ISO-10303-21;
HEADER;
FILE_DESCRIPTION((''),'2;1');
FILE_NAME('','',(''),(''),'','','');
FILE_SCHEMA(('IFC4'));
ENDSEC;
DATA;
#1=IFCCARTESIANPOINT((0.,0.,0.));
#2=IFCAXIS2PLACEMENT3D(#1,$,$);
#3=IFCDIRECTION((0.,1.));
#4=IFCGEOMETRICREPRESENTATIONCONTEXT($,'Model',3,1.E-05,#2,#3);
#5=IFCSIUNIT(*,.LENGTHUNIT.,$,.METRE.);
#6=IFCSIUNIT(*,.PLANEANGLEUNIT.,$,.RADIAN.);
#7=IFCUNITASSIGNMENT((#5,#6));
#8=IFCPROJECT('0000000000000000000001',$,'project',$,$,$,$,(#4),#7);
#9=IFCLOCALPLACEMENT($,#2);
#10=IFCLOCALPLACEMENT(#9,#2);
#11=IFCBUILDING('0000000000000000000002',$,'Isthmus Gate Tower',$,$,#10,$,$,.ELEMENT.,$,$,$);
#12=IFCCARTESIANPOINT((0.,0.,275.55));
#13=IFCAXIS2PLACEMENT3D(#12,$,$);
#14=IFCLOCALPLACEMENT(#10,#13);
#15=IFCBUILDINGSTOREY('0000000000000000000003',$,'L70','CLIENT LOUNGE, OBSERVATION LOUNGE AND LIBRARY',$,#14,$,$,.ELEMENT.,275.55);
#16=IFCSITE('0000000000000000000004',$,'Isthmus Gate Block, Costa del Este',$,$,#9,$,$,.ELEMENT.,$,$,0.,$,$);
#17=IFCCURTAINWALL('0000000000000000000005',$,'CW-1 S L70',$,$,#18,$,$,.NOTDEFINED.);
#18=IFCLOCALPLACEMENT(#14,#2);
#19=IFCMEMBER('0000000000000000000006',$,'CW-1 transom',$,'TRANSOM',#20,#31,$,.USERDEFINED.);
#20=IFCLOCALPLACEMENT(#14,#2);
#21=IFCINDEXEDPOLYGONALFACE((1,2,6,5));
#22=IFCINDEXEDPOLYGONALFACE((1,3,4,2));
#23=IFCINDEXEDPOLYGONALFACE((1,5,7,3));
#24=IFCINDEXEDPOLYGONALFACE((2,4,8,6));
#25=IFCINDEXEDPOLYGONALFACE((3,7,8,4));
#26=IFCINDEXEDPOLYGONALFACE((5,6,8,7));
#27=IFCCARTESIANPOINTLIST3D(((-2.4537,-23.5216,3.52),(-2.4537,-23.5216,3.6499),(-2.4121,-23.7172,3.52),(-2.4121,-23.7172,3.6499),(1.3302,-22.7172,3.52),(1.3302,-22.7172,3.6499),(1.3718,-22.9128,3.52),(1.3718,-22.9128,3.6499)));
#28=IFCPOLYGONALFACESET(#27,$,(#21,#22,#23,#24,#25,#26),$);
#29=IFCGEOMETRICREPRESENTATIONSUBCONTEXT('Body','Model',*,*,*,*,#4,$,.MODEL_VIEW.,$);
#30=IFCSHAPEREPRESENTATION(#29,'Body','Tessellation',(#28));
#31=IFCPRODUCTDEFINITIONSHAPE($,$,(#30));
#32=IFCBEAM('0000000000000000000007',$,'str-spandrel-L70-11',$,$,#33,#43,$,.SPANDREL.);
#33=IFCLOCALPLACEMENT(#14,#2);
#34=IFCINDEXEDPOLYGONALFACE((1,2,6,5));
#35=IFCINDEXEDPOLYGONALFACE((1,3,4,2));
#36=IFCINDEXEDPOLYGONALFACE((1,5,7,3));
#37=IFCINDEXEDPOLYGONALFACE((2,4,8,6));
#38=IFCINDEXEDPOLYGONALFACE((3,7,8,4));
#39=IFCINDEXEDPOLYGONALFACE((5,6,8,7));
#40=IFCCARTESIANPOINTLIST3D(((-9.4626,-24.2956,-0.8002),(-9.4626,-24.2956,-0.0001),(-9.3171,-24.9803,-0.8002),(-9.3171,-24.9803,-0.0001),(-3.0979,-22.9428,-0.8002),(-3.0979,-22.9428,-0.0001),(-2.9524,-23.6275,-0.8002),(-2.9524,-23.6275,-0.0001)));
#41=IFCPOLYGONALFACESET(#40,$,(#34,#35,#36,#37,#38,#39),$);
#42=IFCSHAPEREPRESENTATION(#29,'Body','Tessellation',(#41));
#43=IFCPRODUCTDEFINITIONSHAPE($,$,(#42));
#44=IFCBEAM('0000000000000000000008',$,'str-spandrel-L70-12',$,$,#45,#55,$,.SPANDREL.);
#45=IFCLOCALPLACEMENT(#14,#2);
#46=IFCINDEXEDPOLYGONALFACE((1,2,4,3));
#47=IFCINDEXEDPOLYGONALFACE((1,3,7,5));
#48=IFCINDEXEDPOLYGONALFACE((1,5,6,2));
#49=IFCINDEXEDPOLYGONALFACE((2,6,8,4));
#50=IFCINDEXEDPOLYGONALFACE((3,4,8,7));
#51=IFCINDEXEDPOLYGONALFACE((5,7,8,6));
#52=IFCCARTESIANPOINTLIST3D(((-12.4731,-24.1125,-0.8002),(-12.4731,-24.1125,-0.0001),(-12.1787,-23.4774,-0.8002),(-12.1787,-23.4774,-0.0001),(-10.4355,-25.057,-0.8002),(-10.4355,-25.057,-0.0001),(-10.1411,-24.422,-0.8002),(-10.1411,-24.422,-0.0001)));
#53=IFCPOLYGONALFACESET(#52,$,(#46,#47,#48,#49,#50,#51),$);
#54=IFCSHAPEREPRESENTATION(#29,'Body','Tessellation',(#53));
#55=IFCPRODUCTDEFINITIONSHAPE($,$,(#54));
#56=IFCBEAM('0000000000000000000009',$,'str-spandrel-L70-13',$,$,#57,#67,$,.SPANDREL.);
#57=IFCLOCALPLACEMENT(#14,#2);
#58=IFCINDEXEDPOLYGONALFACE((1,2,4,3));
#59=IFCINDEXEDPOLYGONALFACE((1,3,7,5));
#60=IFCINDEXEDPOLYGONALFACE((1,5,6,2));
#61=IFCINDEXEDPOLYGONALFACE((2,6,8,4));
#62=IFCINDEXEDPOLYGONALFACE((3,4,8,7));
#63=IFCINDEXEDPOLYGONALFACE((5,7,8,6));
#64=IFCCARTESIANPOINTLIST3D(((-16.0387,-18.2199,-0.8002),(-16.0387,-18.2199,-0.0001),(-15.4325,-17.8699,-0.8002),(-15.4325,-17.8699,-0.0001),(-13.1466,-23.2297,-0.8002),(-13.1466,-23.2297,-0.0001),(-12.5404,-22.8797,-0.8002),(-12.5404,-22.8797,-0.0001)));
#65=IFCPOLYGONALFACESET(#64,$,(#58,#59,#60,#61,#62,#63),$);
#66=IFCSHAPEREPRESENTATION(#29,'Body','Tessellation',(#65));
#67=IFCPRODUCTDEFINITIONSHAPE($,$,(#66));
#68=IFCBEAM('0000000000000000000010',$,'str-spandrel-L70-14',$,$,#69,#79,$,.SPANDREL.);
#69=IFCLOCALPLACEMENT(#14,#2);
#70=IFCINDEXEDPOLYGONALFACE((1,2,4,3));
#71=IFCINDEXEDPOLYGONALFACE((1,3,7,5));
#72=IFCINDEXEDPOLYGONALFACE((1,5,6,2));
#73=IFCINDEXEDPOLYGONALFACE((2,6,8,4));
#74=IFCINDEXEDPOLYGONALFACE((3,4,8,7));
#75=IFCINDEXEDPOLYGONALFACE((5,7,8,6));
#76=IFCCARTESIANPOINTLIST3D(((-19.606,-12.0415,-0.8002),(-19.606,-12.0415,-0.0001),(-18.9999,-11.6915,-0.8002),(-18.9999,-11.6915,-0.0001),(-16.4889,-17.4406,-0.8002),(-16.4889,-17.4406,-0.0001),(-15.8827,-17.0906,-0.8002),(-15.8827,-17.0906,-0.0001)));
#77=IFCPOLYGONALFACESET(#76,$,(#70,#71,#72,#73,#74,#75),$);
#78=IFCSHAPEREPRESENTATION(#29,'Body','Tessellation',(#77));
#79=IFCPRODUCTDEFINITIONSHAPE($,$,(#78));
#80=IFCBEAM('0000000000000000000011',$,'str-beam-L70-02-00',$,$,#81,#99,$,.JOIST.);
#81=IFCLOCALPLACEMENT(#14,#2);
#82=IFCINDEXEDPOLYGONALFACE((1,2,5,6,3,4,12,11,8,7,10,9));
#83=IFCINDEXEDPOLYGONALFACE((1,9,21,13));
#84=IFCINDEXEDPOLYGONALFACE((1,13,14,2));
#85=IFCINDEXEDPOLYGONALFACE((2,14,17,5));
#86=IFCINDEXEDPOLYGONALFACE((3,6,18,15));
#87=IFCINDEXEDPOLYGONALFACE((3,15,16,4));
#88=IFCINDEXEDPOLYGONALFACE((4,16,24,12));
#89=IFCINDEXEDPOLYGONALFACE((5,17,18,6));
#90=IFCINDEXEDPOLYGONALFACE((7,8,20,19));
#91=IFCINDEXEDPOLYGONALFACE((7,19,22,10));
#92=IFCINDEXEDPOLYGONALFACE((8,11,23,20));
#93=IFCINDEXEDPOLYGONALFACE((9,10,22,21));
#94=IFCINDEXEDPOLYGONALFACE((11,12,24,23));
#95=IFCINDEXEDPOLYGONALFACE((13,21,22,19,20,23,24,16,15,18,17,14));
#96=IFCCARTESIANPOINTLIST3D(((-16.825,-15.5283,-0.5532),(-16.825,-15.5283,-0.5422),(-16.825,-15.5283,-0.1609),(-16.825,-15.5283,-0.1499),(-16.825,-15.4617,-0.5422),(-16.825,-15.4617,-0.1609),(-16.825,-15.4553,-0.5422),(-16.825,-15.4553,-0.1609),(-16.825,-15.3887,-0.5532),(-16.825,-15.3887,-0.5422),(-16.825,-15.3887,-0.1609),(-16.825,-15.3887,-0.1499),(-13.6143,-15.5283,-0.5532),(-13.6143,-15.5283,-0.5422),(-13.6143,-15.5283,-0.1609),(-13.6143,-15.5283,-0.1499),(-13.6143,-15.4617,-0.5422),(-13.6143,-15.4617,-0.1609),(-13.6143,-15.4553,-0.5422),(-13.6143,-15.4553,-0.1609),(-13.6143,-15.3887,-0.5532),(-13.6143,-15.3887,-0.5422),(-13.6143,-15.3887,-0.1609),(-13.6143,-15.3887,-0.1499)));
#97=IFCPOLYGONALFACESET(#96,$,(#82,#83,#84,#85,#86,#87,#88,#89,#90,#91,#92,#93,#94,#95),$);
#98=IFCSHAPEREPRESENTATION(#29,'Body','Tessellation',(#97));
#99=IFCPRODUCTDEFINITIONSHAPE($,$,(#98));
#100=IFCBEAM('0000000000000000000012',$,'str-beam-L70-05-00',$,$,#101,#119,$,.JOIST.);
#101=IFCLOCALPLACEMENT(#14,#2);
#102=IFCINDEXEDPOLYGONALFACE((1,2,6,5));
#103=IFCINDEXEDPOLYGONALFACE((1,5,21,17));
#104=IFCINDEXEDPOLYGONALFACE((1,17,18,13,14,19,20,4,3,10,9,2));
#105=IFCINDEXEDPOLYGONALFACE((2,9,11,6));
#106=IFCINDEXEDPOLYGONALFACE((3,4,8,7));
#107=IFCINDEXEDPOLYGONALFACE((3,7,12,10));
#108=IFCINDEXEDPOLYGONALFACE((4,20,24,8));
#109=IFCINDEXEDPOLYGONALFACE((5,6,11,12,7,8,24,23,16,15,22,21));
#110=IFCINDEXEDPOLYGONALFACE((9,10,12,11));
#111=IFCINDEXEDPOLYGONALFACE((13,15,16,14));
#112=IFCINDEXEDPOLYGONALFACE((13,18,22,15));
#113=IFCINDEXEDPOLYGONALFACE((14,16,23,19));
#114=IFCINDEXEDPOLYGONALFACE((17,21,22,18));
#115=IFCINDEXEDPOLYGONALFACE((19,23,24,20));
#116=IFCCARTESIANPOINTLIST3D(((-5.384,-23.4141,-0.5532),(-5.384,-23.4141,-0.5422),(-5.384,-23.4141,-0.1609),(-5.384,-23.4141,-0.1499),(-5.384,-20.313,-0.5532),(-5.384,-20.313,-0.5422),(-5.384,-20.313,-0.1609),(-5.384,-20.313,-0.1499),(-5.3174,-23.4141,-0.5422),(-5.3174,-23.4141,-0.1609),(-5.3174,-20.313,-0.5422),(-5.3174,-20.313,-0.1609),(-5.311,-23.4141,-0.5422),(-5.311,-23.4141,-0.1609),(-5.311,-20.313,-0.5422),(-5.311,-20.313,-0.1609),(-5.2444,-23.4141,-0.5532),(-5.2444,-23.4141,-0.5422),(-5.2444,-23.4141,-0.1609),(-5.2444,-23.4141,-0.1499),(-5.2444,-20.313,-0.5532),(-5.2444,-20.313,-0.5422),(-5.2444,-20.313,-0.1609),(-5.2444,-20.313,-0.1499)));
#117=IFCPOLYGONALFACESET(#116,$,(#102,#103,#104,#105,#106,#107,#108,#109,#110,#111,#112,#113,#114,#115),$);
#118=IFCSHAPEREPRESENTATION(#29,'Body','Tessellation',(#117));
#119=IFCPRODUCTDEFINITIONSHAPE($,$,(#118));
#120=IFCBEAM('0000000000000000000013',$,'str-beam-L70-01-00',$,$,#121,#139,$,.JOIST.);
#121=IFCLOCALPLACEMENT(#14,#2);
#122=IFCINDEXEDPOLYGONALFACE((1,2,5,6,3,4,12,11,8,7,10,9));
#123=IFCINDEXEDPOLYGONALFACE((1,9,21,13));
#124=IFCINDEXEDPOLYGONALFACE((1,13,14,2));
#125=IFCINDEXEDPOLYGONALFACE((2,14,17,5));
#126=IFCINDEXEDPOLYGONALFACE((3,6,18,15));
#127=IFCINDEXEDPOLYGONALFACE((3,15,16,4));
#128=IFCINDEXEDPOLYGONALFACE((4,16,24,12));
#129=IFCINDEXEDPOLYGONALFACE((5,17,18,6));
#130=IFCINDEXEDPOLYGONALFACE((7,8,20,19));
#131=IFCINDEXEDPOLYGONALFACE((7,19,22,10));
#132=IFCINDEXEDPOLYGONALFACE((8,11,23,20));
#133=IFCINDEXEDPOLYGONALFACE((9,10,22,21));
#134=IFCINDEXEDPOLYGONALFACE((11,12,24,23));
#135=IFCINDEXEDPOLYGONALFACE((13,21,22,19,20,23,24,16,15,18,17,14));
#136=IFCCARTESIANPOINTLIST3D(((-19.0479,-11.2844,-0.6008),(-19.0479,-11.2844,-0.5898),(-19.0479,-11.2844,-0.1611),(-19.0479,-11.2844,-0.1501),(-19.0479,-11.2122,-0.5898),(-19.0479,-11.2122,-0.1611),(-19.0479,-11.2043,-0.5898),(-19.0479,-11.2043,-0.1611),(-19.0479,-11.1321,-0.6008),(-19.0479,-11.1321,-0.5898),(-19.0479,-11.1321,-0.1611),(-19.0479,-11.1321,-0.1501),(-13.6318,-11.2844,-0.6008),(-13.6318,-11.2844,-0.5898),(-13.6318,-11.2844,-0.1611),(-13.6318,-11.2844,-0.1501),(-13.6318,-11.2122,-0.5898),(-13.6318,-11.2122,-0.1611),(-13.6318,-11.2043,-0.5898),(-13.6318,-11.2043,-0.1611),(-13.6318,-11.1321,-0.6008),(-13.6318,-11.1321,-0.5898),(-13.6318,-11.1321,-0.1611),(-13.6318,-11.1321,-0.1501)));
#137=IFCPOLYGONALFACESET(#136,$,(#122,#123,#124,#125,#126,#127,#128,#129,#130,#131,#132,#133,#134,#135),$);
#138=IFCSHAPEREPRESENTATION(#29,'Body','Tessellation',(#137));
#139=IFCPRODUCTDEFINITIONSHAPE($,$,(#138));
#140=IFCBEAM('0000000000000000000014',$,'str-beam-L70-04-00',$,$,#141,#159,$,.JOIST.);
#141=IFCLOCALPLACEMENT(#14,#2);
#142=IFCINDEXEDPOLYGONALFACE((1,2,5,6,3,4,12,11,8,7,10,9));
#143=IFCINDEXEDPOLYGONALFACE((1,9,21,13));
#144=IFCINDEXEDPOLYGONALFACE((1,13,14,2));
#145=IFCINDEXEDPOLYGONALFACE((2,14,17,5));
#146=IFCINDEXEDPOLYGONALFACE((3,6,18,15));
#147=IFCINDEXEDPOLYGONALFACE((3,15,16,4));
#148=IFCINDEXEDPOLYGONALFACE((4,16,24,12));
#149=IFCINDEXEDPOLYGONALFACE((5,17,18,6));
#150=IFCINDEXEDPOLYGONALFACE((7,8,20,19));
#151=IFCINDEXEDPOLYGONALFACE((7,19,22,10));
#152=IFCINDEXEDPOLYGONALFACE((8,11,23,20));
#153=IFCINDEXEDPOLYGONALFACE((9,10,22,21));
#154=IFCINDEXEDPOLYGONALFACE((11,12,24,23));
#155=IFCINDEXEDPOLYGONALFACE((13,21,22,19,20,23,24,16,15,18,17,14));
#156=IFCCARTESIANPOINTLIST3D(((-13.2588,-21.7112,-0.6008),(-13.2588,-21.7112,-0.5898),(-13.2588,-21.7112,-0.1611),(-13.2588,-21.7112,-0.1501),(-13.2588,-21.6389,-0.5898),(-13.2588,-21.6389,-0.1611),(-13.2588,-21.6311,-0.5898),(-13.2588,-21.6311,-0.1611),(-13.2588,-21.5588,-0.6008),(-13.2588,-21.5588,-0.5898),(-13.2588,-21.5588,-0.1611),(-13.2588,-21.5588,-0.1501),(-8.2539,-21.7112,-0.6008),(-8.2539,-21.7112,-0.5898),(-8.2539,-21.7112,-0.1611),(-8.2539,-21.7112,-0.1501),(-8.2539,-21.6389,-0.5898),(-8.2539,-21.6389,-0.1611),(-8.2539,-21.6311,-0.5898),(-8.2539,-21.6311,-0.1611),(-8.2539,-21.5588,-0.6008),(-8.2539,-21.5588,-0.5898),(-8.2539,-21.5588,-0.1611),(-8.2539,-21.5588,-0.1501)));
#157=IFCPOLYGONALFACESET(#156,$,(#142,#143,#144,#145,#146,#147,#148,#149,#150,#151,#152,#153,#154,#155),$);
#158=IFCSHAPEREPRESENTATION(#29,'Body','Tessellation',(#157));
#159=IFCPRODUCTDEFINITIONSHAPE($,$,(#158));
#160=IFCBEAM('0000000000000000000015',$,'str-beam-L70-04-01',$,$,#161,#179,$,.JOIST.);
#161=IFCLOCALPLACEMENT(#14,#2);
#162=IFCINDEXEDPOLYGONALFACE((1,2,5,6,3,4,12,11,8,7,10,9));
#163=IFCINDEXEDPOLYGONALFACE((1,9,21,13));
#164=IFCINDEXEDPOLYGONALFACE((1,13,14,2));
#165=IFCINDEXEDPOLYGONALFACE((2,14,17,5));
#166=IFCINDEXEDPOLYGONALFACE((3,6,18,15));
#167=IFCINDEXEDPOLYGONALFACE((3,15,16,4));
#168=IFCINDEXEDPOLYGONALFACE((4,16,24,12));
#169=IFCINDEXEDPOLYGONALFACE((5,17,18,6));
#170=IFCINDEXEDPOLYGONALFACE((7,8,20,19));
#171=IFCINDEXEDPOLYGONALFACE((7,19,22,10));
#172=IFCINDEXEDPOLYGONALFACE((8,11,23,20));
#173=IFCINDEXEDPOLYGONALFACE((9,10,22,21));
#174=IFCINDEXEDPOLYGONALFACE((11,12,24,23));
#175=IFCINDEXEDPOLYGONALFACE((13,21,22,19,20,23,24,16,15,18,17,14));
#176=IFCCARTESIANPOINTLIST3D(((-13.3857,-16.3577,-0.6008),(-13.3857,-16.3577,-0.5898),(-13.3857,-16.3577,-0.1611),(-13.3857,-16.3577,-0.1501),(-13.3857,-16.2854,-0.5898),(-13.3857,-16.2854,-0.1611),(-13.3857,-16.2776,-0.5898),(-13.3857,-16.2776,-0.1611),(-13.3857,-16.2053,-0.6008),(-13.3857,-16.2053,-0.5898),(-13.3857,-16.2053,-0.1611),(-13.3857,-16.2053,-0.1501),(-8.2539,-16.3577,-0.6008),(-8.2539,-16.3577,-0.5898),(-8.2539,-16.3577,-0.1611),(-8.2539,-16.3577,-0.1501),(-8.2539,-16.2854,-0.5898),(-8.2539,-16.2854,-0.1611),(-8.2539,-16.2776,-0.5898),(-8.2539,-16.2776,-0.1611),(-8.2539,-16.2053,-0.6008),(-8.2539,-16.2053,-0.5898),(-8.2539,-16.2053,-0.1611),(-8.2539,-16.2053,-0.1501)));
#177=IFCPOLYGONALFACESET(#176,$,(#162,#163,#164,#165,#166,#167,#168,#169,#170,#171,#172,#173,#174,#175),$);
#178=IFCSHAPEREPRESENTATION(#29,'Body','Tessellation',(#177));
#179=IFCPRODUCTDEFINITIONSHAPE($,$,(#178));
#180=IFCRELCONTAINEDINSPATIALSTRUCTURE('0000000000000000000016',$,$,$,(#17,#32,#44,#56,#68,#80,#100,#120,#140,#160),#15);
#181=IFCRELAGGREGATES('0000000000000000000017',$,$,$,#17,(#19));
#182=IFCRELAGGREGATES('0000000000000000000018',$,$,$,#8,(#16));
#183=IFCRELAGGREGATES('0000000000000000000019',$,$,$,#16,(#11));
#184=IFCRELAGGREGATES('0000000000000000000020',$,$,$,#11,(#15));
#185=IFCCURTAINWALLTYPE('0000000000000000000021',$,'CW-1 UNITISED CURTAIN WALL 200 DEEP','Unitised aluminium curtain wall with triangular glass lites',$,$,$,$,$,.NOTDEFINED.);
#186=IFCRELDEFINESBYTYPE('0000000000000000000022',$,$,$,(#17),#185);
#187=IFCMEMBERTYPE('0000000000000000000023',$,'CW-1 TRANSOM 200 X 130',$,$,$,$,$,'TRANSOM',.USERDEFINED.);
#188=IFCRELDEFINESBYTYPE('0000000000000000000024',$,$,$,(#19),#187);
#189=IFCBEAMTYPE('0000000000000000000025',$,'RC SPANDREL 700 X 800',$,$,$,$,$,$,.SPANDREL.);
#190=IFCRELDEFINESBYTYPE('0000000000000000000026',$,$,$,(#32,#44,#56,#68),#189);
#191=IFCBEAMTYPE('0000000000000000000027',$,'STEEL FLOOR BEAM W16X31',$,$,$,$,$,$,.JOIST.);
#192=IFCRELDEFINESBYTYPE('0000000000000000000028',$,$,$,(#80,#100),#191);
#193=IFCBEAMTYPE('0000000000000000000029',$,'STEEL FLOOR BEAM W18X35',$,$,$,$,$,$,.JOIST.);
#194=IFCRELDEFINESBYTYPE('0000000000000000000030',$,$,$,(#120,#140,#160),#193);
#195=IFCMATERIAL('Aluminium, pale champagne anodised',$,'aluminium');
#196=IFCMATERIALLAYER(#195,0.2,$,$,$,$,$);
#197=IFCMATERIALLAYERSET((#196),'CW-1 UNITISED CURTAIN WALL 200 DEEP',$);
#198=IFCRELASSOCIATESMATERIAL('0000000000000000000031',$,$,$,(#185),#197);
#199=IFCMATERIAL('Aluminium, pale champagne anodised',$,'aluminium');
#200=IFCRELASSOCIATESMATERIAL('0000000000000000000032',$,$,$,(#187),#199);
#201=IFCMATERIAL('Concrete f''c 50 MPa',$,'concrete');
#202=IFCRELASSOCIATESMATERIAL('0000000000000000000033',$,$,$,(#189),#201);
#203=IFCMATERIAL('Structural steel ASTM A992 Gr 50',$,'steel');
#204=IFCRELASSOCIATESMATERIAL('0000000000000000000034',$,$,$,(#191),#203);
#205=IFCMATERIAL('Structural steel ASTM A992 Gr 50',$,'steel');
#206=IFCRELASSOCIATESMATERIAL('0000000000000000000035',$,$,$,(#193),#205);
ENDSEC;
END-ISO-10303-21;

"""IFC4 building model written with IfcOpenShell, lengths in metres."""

from ifc_helpers import new_model, si_unit, direction, frame, origin, origin_2d, place, context, subcontext, project, spatial, rectangle, i_section, extrude, material, layer, layer_set, material_profile, profile_set, type_object, element, aggregate, save


model = new_model("IFC4")

# Units and contexts
model_context = context("Model", 3, precision=1e-05, world=origin(), true_north=direction((0.0, 1.0)))
body_context = subcontext(model_context, "Body", "Model", "MODEL_VIEW")
ifc_project = project(units=[si_unit("LENGTHUNIT", "METRE"), si_unit("PLANEANGLEUNIT", "RADIAN")], contexts=[model_context])

# Site, building, storey
site_placement = place(None, origin())
site = spatial("IfcSite", under=ifc_project, at=site_placement, Name="Isthmus Gate Block, Costa del Este", CompositionType="ELEMENT", RefElevation=0.0)
building_placement = place(site_placement, origin())
building = spatial("IfcBuilding", under=site, at=building_placement, Name="Isthmus Gate Tower", CompositionType="ELEMENT")
storey_placement = place(building_placement, frame((0.0, 0.0, 275.55)))
storey = spatial("IfcBuildingStorey", under=building, at=storey_placement, Name="L70", Description="CLIENT LOUNGE, OBSERVATION LOUNGE AND LIBRARY", CompositionType="ELEMENT", Elevation=275.55)

# Shared definitions
ifc_material_1 = material(Name="Aluminium, pale champagne anodised", Category="aluminium")
ifc_layer_1 = layer(ifc_material_1, 0.2)
ifc_layer_set_1 = layer_set([ifc_layer_1], Name="CW-1 UNITISED CURTAIN WALL 200 DEEP")
curtain_wall_type = type_object("IfcCurtainWallType", Name="CW-1 UNITISED CURTAIN WALL 200 DEEP", Description="Unitised aluminium curtain wall with triangular glass lites", PredefinedType="NOTDEFINED", material=ifc_layer_set_1)

# Curtain wall
curtain_wall_1_placement = place(storey_placement, origin())
curtain_wall_1 = element("IfcCurtainWall", 1, at=curtain_wall_1_placement, inside=storey, type_object=curtain_wall_type, Name="CW-1 S L70", PredefinedType="NOTDEFINED")

# Member
ifc_material_2 = material(Name="Aluminium, pale champagne anodised", Category="aluminium")
ifc_material_profile_1 = material_profile(ifc_material_2, rectangle(XDim=0.2, YDim=0.1299, at=origin_2d()), Name="200x130")
ifc_profile_set_1 = profile_set([ifc_material_profile_1], Name="Aluminium, pale champagne anodised")
member_type_1 = type_object("IfcMemberType", Name="CW-1 TRANSOM 200 X 130", ElementType="TRANSOM", PredefinedType="USERDEFINED", material=ifc_profile_set_1)
member_1_placement = place(storey_placement, frame((-2.4329, -23.6194, 3.585), z_axis=(0.97814, 0.207947, 0.0), x_axis=(-0.207947, 0.97814, 0.0)))
member_1 = element("IfcMember", 2, at=member_1_placement, type_object=member_type_1, Name="CW-1 transom", ObjectType="TRANSOM", PredefinedType="USERDEFINED", context=body_context, shape_type="SweptSolid", body=[
    extrude(rectangle(XDim=0.2, YDim=0.1299, at=origin_2d()), origin(), (0.0, 0.0, 1.0), 3.8684),
])

# Beams
ifc_material_3 = material(Name="Concrete f'c 50 MPa", Category="concrete")
ifc_material_profile_2 = material_profile(ifc_material_3, rectangle(XDim=0.7, YDim=0.8, at=origin_2d()), Name="RC 700X800")
ifc_profile_set_2 = profile_set([ifc_material_profile_2], Name="Concrete f'c 50 MPa")
beam_type_1 = type_object("IfcBeamType", Name="RC SPANDREL 700 X 800", PredefinedType="SPANDREL", material=ifc_profile_set_2)
beam_1_placement = place(storey_placement, frame((-3.0251, -23.2852, -0.4001), z_axis=(-0.97815, -0.207899, 0.0), x_axis=(0.207899, -0.97815, 0.0)))
element("IfcBeam", 3, at=beam_1_placement, inside=storey, type_object=beam_type_1, Name="str-spandrel-L70-11", PredefinedType="SPANDREL", context=body_context, shape_type="SweptSolid", body=[
    extrude(rectangle(XDim=0.7, YDim=0.8, at=origin_2d()), origin(), (0.0, 0.0, 1.0), 6.5068),
])
beam_2_placement = place(storey_placement, frame((-10.2883, -24.7395, -0.4001), z_axis=(-0.907255, 0.420581, 0.0), x_axis=(-0.420581, -0.907255, 0.0)))
element("IfcBeam", 4, at=beam_2_placement, inside=storey, type_object=beam_type_1, Name="str-spandrel-L70-12", PredefinedType="SPANDREL", context=body_context, shape_type="SweptSolid", body=[
    extrude(rectangle(XDim=0.7, YDim=0.8, at=origin_2d()), origin(), (0.0, 0.0, 1.0), 2.2458),
])
beam_3_placement = place(storey_placement, frame((-12.8435, -23.0547, -0.4001), z_axis=(-0.499961, 0.866048, 0.0), x_axis=(-0.866048, -0.499961, 0.0)))
element("IfcBeam", 5, at=beam_3_placement, inside=storey, type_object=beam_type_1, Name="str-spandrel-L70-13", PredefinedType="SPANDREL", context=body_context, shape_type="SweptSolid", body=[
    extrude(rectangle(XDim=0.7, YDim=0.8, at=origin_2d()), origin(), (0.0, 0.0, 1.0), 5.7847),
])
beam_4_placement = place(storey_placement, frame((-16.1858, -17.2656, -0.4001), z_axis=(-0.499997, 0.866027, 0.0), x_axis=(-0.866027, -0.499997, 0.0)))
element("IfcBeam", 6, at=beam_4_placement, inside=storey, type_object=beam_type_1, Name="str-spandrel-L70-14", PredefinedType="SPANDREL", context=body_context, shape_type="SweptSolid", body=[
    extrude(rectangle(XDim=0.7, YDim=0.8, at=origin_2d()), origin(), (0.0, 0.0, 1.0), 6.2344),
])
ifc_material_4 = material(Name="Structural steel ASTM A992 Gr 50", Category="steel")
ifc_material_profile_3 = material_profile(ifc_material_4, i_section(OverallWidth=0.1396, OverallDepth=0.4033, WebThickness=0.0063, FlangeThickness=0.011, at=origin_2d()), Name="W16X31")
ifc_profile_set_3 = profile_set([ifc_material_profile_3], Name="Structural steel ASTM A992 Gr 50")
beam_type_2 = type_object("IfcBeamType", Name="STEEL FLOOR BEAM W16X31", PredefinedType="JOIST", material=ifc_profile_set_3)
beam_5_placement = place(storey_placement, frame((-16.825, -15.4585, -0.3516), z_axis=(1.0, 0.0, 0.0), x_axis=(0.0, 1.0, 0.0)))
element("IfcBeam", 7, at=beam_5_placement, inside=storey, type_object=beam_type_2, Name="str-beam-L70-02-00", PredefinedType="JOIST", context=body_context, shape_type="SweptSolid", body=[
    extrude(i_section(OverallWidth=0.1396, OverallDepth=0.4033, WebThickness=0.0063, FlangeThickness=0.011, at=origin_2d()), origin(), (0.0, 0.0, 1.0), 3.2107),
])
beam_6_placement = place(storey_placement, frame((-5.3142, -23.4141, -0.3516), z_axis=(0.0, 1.0, 0.0), x_axis=(-1.0, 0.0, 0.0)))
element("IfcBeam", 8, at=beam_6_placement, inside=storey, type_object=beam_type_2, Name="str-beam-L70-05-00", PredefinedType="JOIST", context=body_context, shape_type="SweptSolid", body=[
    extrude(i_section(OverallWidth=0.1396, OverallDepth=0.4033, WebThickness=0.0063, FlangeThickness=0.011, at=origin_2d()), origin(), (0.0, 0.0, 1.0), 3.1011),
])
ifc_material_5 = material(Name="Structural steel ASTM A992 Gr 50", Category="steel")
ifc_material_profile_4 = material_profile(ifc_material_5, i_section(OverallWidth=0.1523, OverallDepth=0.4507, WebThickness=0.0078, FlangeThickness=0.011, at=origin_2d()), Name="W18X35")
ifc_profile_set_4 = profile_set([ifc_material_profile_4], Name="Structural steel ASTM A992 Gr 50")
beam_type_3 = type_object("IfcBeamType", Name="STEEL FLOOR BEAM W18X35", PredefinedType="JOIST", material=ifc_profile_set_4)
beam_7_placement = place(storey_placement, frame((-19.0479, -11.2083, -0.3755), z_axis=(1.0, 0.0, 0.0), x_axis=(0.0, 1.0, 0.0)))
element("IfcBeam", 9, at=beam_7_placement, inside=storey, type_object=beam_type_3, Name="str-beam-L70-01-00", PredefinedType="JOIST", context=body_context, shape_type="SweptSolid", body=[
    extrude(i_section(OverallWidth=0.1523, OverallDepth=0.4507, WebThickness=0.0078, FlangeThickness=0.011, at=origin_2d()), origin(), (0.0, 0.0, 1.0), 5.416),
])
beam_8_placement = place(storey_placement, frame((-13.2588, -21.635, -0.3755), z_axis=(1.0, 0.0, 0.0), x_axis=(0.0, 1.0, 0.0)))
element("IfcBeam", 10, at=beam_8_placement, inside=storey, type_object=beam_type_3, Name="str-beam-L70-04-00", PredefinedType="JOIST", context=body_context, shape_type="SweptSolid", body=[
    extrude(i_section(OverallWidth=0.1523, OverallDepth=0.4507, WebThickness=0.0078, FlangeThickness=0.011, at=origin_2d()), origin(), (0.0, 0.0, 1.0), 5.0049),
])
beam_9_placement = place(storey_placement, frame((-13.3857, -16.2815, -0.3755), z_axis=(1.0, 0.0, 0.0), x_axis=(0.0, 1.0, 0.0)))
element("IfcBeam", 11, at=beam_9_placement, inside=storey, type_object=beam_type_3, Name="str-beam-L70-04-01", PredefinedType="JOIST", context=body_context, shape_type="SweptSolid", body=[
    extrude(i_section(OverallWidth=0.1523, OverallDepth=0.4507, WebThickness=0.0078, FlangeThickness=0.011, at=origin_2d()), origin(), (0.0, 0.0, 1.0), 5.1318),
])

aggregate(curtain_wall_1, [member_1])

save(model, "model.ifc")
